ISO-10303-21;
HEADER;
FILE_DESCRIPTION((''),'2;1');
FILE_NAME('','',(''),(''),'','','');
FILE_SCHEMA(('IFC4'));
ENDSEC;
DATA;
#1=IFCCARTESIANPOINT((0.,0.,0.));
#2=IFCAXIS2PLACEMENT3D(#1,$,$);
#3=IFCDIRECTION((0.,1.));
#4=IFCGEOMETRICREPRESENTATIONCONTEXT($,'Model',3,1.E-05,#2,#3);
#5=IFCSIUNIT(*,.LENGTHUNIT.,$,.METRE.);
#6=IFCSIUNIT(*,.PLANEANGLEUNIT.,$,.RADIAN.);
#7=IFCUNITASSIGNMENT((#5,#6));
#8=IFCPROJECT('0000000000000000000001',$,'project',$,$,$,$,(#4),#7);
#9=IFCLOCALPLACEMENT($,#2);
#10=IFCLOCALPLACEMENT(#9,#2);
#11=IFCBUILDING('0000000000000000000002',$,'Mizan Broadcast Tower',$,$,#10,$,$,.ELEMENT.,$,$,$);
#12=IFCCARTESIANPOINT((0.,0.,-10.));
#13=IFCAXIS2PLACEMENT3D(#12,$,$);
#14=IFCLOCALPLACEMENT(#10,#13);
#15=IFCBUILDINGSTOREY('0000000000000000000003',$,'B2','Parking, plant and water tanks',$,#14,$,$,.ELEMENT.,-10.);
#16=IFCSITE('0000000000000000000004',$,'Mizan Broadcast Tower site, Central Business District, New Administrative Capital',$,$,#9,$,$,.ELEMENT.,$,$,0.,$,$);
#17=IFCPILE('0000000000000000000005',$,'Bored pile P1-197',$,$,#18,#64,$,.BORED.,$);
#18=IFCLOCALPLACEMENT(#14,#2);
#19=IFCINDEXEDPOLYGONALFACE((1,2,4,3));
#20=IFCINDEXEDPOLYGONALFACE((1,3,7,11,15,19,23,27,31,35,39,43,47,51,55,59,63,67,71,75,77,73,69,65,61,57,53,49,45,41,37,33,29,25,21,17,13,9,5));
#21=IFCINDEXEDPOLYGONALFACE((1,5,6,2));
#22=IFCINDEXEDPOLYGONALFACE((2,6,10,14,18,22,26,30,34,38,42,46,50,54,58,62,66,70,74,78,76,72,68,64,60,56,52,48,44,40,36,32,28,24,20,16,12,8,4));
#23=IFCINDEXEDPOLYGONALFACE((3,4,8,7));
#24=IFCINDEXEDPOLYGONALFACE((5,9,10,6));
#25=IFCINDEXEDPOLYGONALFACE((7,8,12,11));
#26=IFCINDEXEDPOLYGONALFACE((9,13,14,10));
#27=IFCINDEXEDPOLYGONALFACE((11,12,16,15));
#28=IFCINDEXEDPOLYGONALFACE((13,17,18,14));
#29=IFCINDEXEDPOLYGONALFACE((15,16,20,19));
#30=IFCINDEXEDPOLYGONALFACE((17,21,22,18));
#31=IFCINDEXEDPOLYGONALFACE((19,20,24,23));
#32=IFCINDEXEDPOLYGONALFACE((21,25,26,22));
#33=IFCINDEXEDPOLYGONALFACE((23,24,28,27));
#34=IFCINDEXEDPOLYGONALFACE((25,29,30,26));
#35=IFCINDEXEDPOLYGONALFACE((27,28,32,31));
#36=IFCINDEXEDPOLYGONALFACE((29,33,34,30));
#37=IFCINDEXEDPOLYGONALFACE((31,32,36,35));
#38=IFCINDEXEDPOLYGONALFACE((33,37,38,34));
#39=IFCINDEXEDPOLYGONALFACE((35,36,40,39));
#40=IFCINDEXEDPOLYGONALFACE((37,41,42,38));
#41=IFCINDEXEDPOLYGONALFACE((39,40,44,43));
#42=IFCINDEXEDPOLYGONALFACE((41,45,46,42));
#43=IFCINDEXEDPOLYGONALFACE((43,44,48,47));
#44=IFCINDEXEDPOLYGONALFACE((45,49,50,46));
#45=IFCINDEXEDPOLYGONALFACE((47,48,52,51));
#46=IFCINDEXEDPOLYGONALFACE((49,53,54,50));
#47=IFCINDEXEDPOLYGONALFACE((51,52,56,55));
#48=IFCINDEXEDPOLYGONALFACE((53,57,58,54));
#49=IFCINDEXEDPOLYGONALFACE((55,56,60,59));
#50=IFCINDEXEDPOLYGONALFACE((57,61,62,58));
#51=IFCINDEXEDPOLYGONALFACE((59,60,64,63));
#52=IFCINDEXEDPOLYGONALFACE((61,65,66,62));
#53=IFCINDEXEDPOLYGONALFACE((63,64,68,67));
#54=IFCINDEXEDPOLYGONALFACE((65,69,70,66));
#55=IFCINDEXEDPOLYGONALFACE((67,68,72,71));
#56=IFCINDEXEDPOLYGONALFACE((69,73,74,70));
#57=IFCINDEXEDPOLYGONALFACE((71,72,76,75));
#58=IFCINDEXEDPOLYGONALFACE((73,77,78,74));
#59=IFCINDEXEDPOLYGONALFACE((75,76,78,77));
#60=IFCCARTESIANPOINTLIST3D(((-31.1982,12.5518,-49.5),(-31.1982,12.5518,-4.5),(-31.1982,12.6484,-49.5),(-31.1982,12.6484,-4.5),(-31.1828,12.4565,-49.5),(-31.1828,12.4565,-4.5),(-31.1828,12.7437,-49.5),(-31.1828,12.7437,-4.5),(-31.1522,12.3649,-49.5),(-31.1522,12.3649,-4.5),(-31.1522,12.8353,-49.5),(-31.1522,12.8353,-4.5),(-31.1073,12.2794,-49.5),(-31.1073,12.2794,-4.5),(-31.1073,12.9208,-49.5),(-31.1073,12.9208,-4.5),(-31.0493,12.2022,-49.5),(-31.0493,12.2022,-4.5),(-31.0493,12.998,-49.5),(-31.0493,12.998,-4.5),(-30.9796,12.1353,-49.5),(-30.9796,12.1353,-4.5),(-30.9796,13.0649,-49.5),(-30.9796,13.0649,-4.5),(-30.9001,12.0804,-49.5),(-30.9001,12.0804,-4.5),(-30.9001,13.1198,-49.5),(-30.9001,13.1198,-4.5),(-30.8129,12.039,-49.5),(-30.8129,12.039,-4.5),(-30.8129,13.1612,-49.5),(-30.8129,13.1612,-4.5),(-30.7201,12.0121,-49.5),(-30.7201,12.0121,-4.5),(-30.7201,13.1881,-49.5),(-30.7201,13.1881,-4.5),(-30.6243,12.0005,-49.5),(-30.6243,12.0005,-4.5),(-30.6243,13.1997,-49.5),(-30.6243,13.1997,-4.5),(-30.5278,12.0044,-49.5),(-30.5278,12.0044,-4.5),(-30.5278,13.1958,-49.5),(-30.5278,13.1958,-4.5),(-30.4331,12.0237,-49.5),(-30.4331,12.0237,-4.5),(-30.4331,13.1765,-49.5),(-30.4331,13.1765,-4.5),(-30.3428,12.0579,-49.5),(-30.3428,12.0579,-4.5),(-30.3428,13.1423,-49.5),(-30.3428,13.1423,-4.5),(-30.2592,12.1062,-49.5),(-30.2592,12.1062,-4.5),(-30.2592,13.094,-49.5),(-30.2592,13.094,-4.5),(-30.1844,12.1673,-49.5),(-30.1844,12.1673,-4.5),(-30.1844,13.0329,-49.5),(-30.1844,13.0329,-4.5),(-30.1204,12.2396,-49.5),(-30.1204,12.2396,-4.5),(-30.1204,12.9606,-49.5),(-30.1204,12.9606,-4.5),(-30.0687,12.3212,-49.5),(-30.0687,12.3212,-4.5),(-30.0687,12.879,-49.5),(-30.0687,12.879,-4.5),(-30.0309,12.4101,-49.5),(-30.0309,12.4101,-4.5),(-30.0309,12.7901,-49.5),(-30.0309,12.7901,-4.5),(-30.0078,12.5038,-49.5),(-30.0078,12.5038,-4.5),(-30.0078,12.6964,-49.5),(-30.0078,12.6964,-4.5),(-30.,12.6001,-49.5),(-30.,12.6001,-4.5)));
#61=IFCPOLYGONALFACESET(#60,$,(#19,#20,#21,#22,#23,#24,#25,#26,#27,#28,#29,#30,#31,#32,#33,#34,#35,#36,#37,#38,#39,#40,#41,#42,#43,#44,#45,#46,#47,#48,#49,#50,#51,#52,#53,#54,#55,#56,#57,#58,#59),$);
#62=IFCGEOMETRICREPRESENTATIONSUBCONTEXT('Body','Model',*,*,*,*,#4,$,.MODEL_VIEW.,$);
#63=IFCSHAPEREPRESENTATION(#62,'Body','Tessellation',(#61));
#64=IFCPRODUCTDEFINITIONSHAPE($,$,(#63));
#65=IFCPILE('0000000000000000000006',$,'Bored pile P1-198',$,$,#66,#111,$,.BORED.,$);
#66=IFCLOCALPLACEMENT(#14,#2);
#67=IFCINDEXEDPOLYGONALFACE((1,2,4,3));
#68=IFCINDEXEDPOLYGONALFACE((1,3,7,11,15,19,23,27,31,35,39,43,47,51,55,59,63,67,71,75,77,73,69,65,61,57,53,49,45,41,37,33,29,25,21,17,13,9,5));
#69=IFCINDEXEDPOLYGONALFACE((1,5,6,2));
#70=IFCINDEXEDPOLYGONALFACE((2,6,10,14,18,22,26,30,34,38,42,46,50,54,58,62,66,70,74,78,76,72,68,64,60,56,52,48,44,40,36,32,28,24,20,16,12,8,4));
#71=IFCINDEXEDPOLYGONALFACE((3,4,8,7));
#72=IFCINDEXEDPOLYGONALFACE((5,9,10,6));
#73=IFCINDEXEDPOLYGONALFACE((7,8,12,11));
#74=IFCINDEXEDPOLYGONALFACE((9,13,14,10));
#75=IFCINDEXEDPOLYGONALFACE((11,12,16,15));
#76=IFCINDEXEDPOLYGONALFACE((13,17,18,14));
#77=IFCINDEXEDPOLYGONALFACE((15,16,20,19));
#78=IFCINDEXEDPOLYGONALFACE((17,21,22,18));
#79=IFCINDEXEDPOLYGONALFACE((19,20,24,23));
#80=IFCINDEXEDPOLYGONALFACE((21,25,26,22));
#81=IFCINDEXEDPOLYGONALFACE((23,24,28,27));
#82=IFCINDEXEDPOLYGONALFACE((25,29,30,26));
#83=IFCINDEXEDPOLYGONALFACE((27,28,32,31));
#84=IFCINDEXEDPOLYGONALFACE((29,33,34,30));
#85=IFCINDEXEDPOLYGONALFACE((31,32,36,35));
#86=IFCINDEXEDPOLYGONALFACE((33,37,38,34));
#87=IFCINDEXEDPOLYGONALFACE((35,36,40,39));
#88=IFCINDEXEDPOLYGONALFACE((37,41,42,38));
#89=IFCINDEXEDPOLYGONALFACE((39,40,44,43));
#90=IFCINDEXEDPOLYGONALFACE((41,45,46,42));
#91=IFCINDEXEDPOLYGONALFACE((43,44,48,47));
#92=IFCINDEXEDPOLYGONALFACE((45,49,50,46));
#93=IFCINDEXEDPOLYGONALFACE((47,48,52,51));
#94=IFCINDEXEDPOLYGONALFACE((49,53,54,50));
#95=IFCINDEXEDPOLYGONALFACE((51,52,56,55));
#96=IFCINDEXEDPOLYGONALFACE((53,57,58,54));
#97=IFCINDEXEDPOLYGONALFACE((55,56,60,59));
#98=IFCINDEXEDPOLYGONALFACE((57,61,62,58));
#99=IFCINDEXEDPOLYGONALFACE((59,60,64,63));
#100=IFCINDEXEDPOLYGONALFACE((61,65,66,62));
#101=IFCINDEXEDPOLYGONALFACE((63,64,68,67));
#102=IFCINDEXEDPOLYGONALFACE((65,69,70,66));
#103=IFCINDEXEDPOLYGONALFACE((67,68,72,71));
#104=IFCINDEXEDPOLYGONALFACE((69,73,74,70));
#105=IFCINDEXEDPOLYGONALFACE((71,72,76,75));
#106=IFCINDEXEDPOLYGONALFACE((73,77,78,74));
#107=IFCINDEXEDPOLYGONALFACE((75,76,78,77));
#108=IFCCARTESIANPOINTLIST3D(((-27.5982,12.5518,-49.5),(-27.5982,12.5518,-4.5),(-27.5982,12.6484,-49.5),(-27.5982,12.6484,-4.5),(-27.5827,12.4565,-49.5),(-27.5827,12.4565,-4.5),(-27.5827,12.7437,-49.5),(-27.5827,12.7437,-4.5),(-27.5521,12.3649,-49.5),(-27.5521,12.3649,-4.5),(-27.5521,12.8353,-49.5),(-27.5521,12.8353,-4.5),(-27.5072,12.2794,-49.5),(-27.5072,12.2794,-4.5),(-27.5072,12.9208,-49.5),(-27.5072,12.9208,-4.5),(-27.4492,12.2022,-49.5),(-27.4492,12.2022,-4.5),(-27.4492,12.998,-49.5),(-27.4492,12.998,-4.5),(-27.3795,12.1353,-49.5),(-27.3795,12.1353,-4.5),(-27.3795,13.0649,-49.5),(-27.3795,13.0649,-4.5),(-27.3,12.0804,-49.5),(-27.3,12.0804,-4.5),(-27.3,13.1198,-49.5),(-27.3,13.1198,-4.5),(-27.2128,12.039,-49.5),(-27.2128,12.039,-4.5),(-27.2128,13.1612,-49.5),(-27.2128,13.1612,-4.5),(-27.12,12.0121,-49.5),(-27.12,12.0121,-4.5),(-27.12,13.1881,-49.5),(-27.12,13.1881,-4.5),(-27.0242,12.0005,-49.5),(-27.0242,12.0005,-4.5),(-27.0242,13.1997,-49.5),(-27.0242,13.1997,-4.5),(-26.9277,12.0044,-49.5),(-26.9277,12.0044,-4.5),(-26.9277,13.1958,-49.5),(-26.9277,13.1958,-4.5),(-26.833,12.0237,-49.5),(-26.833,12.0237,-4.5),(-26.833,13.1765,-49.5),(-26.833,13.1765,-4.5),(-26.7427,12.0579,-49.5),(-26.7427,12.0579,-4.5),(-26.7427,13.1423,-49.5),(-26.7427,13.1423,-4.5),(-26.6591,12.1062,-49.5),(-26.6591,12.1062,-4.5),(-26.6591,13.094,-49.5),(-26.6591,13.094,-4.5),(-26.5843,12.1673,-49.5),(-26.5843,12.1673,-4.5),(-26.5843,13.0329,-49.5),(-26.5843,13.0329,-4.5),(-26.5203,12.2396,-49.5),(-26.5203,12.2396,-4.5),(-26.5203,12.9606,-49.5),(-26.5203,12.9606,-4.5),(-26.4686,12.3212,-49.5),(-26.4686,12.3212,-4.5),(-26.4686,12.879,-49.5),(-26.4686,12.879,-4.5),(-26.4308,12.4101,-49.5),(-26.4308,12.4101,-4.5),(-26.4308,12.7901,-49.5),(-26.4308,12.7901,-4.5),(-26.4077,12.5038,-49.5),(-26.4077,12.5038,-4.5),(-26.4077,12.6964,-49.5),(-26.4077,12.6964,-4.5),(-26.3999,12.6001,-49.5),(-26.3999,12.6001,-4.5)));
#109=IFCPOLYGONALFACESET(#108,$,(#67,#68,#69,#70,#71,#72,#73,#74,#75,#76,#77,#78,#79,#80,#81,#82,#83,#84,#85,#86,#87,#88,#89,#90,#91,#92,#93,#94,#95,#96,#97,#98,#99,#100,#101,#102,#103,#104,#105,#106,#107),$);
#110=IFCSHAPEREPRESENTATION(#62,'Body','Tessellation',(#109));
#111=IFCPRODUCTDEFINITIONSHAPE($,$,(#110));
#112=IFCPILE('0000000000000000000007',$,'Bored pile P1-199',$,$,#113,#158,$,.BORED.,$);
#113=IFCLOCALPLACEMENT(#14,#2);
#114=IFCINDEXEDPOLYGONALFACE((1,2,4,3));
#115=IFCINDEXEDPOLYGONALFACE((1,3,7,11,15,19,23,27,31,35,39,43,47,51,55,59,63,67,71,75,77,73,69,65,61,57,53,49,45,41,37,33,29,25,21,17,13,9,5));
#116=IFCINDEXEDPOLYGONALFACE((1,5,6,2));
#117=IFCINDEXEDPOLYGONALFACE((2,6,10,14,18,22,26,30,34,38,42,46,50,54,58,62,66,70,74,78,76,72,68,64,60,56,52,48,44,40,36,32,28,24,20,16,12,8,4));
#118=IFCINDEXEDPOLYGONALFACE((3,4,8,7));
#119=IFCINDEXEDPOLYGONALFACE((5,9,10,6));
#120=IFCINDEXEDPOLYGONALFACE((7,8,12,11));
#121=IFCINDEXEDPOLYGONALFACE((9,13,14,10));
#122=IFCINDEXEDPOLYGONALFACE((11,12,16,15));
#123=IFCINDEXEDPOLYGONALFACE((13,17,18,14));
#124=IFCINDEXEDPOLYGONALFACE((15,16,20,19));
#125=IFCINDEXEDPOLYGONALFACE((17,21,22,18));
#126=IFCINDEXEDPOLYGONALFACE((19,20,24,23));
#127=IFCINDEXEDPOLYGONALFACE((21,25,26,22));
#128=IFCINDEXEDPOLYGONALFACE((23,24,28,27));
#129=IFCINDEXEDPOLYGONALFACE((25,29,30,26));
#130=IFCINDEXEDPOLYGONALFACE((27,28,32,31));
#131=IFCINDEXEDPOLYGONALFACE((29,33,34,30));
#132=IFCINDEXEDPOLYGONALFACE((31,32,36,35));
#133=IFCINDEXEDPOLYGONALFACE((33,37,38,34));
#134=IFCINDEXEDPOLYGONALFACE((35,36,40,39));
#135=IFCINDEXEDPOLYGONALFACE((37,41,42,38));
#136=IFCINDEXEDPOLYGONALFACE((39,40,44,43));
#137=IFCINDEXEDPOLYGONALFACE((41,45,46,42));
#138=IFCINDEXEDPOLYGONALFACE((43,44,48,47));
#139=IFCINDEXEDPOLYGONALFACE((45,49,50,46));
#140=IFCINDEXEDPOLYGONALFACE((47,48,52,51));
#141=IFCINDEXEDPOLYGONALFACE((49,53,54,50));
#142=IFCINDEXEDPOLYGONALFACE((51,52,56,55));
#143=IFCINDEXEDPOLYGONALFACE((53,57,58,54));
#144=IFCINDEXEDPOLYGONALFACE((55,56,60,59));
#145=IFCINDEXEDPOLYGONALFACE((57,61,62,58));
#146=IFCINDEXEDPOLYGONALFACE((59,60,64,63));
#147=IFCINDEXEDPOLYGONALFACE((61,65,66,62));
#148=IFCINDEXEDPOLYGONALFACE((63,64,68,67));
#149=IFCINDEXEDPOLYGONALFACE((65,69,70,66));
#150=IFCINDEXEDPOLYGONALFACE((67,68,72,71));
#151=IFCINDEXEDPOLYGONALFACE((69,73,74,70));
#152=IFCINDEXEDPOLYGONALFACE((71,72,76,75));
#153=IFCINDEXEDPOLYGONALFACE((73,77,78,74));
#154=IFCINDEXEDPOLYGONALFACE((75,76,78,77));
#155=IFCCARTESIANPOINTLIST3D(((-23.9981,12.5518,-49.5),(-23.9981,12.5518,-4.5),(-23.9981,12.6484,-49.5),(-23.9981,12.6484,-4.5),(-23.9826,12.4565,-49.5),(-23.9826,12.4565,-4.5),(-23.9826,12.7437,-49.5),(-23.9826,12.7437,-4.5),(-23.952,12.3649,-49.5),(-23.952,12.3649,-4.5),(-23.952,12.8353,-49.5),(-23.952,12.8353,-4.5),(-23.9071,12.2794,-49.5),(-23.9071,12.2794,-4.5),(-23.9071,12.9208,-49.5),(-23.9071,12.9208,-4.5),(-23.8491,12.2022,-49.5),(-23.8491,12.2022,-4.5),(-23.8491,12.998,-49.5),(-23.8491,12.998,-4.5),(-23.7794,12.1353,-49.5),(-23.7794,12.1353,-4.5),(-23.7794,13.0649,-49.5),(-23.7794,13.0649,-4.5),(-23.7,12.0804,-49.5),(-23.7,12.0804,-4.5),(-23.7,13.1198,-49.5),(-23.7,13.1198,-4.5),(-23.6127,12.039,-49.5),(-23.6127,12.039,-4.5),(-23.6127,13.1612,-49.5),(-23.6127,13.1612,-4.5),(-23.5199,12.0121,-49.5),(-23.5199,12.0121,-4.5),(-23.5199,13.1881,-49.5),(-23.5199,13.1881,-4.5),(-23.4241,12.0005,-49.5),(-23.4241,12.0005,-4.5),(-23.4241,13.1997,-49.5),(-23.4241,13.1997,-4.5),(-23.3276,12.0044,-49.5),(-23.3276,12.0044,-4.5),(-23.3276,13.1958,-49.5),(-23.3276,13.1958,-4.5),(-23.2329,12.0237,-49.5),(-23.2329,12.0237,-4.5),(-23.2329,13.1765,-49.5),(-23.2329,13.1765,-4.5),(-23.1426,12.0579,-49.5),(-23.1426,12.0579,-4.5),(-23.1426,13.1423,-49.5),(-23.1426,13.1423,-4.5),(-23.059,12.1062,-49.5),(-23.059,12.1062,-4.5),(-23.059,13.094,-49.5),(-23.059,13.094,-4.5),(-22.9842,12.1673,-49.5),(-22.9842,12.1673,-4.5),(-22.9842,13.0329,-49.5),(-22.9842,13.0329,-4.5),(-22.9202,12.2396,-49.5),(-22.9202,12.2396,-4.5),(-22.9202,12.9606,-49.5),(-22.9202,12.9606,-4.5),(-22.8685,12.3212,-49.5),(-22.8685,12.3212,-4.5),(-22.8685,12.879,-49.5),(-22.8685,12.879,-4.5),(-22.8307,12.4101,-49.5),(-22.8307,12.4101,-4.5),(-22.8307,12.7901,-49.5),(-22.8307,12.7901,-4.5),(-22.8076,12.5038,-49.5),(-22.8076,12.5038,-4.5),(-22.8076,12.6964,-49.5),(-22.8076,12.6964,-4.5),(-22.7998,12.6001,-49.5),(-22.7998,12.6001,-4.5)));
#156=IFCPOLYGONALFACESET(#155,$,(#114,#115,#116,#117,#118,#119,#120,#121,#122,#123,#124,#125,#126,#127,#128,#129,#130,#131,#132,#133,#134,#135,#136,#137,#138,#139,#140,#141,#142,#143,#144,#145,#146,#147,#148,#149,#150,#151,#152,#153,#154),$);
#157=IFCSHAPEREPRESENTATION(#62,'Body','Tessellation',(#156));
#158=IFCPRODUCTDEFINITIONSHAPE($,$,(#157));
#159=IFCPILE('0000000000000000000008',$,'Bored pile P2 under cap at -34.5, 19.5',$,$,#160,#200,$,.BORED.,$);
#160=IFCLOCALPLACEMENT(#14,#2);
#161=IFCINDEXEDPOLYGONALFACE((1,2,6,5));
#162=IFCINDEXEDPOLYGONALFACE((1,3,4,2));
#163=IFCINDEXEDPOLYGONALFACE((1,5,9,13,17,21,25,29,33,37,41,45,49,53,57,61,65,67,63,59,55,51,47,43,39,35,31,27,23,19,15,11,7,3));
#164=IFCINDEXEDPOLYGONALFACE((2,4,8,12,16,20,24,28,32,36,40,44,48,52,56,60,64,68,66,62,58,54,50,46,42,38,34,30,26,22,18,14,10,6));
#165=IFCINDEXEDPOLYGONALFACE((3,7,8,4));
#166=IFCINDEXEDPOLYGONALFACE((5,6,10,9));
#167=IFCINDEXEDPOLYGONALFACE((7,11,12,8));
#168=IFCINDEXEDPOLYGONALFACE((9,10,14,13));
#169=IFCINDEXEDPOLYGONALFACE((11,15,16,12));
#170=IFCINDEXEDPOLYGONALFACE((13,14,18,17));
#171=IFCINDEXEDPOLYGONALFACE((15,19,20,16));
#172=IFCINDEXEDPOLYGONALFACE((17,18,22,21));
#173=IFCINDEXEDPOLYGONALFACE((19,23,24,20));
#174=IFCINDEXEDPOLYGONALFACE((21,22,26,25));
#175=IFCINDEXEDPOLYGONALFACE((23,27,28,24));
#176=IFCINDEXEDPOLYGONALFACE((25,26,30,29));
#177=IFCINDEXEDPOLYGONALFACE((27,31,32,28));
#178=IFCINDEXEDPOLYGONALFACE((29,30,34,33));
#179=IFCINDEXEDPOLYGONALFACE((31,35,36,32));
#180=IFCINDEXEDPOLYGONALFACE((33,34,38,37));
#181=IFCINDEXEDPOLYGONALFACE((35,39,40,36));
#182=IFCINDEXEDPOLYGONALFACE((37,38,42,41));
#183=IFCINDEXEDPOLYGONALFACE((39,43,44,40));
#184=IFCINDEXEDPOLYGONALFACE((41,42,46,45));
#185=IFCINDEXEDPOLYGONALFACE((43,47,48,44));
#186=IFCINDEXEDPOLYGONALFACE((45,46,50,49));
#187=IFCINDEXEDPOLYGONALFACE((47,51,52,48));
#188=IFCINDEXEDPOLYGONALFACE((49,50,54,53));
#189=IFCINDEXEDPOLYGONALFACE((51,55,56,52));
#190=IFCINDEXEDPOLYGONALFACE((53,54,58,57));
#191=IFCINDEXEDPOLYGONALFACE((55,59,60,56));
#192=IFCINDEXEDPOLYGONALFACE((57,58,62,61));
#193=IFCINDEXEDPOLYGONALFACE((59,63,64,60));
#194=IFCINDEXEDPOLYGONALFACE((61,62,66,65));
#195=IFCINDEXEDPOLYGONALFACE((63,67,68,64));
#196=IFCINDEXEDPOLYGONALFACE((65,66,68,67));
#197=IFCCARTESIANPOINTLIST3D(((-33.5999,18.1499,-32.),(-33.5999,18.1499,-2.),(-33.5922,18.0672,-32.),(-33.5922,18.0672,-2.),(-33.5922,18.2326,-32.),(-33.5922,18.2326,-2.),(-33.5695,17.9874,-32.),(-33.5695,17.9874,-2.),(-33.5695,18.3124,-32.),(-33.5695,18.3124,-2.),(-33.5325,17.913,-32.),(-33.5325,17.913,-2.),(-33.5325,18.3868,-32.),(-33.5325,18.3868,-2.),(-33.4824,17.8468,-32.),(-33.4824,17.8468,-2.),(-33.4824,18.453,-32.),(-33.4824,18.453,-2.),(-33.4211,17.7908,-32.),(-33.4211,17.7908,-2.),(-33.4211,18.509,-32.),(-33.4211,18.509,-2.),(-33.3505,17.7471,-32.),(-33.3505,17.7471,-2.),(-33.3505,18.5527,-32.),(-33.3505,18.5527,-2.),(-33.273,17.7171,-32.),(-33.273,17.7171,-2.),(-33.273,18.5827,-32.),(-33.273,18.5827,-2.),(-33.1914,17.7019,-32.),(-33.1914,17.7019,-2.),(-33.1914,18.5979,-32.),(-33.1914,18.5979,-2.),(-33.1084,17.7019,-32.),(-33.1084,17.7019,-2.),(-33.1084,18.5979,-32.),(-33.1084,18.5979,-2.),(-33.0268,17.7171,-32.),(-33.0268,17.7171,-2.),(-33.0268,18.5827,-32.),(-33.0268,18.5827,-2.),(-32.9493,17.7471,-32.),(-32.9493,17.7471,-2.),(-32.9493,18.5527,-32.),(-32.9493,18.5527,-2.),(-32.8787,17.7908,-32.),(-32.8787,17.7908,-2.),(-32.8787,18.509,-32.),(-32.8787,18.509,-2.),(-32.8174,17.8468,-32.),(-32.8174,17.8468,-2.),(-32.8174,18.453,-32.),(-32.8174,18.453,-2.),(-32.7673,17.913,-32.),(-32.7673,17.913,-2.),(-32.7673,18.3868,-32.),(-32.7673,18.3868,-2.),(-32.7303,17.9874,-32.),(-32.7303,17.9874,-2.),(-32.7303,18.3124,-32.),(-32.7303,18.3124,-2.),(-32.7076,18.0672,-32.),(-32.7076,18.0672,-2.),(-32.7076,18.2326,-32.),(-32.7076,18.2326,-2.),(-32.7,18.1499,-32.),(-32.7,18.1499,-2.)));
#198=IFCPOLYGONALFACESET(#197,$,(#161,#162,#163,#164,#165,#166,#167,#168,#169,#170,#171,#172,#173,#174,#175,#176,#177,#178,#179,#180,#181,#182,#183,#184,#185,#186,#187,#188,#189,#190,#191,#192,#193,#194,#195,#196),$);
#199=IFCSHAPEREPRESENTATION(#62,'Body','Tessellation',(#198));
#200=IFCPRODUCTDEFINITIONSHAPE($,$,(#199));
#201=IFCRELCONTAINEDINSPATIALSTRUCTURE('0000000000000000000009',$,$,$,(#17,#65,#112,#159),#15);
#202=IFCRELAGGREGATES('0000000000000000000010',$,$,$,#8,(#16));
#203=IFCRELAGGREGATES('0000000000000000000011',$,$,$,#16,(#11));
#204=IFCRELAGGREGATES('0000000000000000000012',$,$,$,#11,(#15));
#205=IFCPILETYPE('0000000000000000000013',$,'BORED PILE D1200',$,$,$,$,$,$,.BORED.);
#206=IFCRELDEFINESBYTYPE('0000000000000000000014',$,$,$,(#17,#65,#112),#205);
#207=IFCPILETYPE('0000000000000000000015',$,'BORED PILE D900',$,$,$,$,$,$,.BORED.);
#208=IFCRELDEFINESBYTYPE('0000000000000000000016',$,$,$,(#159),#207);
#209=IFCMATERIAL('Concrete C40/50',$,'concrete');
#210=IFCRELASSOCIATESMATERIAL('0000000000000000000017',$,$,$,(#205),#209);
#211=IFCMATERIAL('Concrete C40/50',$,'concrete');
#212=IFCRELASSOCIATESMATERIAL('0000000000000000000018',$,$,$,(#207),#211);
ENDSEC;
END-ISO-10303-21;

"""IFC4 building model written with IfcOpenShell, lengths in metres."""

from ifc_helpers import new_model, si_unit, direction, frame, origin, origin_2d, place, context, subcontext, project, spatial, circle, extrude, material, material_profile, profile_set, type_object, element, save


model = new_model("IFC4")

# Units and contexts
model_context = context("Model", 3, precision=1e-05, world=origin(), true_north=direction((0.0, 1.0)))
body_context = subcontext(model_context, "Body", "Model", "MODEL_VIEW")
ifc_project = project(units=[si_unit("LENGTHUNIT", "METRE"), si_unit("PLANEANGLEUNIT", "RADIAN")], contexts=[model_context])

# Site, building, storey
site_placement = place(None, origin())
site = spatial("IfcSite", under=ifc_project, at=site_placement, Name="Mizan Broadcast Tower site, Central Business District, New Administrative Capital", CompositionType="ELEMENT", RefElevation=0.0)
building_placement = place(site_placement, origin())
building = spatial("IfcBuilding", under=site, at=building_placement, Name="Mizan Broadcast Tower", CompositionType="ELEMENT")
storey_placement = place(building_placement, frame((0.0, 0.0, -10.0)))
storey = spatial("IfcBuildingStorey", under=building, at=storey_placement, Name="B2", Description="Parking, plant and water tanks", CompositionType="ELEMENT", Elevation=-10.0)

# Piles
ifc_material_1 = material(Name="Concrete C40/50", Category="concrete")
ifc_material_profile_1 = material_profile(ifc_material_1, circle(Radius=0.6001, at=origin_2d()), Name="D1200")
ifc_profile_set_1 = profile_set([ifc_material_profile_1], Name="Concrete C40/50")
pile_type_1 = type_object("IfcPileType", Name="BORED PILE D1200", PredefinedType="BORED", material=ifc_profile_set_1)
for number, where, z_axis, x_axis, name in (
    (1, (-30.6001, 12.6001, -4.5), (0.0, 0.0, -1.0), (1.0, 0.0, 0.0), "Bored pile P1-197"),
    (2, (-27.0, 12.6001, -4.5), (0.0, 0.0, -1.0), (1.0, 0.0, 0.0), "Bored pile P1-198"),
    (3, (-23.3999, 12.6001, -4.5), (0.0, 0.0, -1.0), (1.0, 0.0, 0.0), "Bored pile P1-199"),
):
    element("IfcPile", number, at=place(storey_placement, frame(where, z_axis=z_axis, x_axis=x_axis)), inside=storey, type_object=pile_type_1, Name=name, PredefinedType="BORED", context=body_context, shape_type="SweptSolid", body=[
        extrude(circle(Radius=0.6001, at=origin_2d()), origin(), (0.0, 0.0, 1.0), 45.0),
    ])
ifc_material_2 = material(Name="Concrete C40/50", Category="concrete")
ifc_material_profile_2 = material_profile(ifc_material_2, circle(Radius=0.45, at=origin_2d()), Name="D900")
ifc_profile_set_2 = profile_set([ifc_material_profile_2], Name="Concrete C40/50")
pile_type_2 = type_object("IfcPileType", Name="BORED PILE D900", PredefinedType="BORED", material=ifc_profile_set_2)
for number, where, z_axis, x_axis, name in (
    (4, (-33.1499, 18.1499, -2.0), (0.0, 0.0, -1.0), (1.0, 0.0, 0.0), "Bored pile P2 under cap at -34.5, 19.5"),
):
    element("IfcPile", number, at=place(storey_placement, frame(where, z_axis=z_axis, x_axis=x_axis)), inside=storey, type_object=pile_type_2, Name=name, PredefinedType="BORED", context=body_context, shape_type="SweptSolid", body=[
        extrude(circle(Radius=0.45, at=origin_2d()), origin(), (0.0, 0.0, 1.0), 30.0),
    ])

save(model, "model.ifc")
